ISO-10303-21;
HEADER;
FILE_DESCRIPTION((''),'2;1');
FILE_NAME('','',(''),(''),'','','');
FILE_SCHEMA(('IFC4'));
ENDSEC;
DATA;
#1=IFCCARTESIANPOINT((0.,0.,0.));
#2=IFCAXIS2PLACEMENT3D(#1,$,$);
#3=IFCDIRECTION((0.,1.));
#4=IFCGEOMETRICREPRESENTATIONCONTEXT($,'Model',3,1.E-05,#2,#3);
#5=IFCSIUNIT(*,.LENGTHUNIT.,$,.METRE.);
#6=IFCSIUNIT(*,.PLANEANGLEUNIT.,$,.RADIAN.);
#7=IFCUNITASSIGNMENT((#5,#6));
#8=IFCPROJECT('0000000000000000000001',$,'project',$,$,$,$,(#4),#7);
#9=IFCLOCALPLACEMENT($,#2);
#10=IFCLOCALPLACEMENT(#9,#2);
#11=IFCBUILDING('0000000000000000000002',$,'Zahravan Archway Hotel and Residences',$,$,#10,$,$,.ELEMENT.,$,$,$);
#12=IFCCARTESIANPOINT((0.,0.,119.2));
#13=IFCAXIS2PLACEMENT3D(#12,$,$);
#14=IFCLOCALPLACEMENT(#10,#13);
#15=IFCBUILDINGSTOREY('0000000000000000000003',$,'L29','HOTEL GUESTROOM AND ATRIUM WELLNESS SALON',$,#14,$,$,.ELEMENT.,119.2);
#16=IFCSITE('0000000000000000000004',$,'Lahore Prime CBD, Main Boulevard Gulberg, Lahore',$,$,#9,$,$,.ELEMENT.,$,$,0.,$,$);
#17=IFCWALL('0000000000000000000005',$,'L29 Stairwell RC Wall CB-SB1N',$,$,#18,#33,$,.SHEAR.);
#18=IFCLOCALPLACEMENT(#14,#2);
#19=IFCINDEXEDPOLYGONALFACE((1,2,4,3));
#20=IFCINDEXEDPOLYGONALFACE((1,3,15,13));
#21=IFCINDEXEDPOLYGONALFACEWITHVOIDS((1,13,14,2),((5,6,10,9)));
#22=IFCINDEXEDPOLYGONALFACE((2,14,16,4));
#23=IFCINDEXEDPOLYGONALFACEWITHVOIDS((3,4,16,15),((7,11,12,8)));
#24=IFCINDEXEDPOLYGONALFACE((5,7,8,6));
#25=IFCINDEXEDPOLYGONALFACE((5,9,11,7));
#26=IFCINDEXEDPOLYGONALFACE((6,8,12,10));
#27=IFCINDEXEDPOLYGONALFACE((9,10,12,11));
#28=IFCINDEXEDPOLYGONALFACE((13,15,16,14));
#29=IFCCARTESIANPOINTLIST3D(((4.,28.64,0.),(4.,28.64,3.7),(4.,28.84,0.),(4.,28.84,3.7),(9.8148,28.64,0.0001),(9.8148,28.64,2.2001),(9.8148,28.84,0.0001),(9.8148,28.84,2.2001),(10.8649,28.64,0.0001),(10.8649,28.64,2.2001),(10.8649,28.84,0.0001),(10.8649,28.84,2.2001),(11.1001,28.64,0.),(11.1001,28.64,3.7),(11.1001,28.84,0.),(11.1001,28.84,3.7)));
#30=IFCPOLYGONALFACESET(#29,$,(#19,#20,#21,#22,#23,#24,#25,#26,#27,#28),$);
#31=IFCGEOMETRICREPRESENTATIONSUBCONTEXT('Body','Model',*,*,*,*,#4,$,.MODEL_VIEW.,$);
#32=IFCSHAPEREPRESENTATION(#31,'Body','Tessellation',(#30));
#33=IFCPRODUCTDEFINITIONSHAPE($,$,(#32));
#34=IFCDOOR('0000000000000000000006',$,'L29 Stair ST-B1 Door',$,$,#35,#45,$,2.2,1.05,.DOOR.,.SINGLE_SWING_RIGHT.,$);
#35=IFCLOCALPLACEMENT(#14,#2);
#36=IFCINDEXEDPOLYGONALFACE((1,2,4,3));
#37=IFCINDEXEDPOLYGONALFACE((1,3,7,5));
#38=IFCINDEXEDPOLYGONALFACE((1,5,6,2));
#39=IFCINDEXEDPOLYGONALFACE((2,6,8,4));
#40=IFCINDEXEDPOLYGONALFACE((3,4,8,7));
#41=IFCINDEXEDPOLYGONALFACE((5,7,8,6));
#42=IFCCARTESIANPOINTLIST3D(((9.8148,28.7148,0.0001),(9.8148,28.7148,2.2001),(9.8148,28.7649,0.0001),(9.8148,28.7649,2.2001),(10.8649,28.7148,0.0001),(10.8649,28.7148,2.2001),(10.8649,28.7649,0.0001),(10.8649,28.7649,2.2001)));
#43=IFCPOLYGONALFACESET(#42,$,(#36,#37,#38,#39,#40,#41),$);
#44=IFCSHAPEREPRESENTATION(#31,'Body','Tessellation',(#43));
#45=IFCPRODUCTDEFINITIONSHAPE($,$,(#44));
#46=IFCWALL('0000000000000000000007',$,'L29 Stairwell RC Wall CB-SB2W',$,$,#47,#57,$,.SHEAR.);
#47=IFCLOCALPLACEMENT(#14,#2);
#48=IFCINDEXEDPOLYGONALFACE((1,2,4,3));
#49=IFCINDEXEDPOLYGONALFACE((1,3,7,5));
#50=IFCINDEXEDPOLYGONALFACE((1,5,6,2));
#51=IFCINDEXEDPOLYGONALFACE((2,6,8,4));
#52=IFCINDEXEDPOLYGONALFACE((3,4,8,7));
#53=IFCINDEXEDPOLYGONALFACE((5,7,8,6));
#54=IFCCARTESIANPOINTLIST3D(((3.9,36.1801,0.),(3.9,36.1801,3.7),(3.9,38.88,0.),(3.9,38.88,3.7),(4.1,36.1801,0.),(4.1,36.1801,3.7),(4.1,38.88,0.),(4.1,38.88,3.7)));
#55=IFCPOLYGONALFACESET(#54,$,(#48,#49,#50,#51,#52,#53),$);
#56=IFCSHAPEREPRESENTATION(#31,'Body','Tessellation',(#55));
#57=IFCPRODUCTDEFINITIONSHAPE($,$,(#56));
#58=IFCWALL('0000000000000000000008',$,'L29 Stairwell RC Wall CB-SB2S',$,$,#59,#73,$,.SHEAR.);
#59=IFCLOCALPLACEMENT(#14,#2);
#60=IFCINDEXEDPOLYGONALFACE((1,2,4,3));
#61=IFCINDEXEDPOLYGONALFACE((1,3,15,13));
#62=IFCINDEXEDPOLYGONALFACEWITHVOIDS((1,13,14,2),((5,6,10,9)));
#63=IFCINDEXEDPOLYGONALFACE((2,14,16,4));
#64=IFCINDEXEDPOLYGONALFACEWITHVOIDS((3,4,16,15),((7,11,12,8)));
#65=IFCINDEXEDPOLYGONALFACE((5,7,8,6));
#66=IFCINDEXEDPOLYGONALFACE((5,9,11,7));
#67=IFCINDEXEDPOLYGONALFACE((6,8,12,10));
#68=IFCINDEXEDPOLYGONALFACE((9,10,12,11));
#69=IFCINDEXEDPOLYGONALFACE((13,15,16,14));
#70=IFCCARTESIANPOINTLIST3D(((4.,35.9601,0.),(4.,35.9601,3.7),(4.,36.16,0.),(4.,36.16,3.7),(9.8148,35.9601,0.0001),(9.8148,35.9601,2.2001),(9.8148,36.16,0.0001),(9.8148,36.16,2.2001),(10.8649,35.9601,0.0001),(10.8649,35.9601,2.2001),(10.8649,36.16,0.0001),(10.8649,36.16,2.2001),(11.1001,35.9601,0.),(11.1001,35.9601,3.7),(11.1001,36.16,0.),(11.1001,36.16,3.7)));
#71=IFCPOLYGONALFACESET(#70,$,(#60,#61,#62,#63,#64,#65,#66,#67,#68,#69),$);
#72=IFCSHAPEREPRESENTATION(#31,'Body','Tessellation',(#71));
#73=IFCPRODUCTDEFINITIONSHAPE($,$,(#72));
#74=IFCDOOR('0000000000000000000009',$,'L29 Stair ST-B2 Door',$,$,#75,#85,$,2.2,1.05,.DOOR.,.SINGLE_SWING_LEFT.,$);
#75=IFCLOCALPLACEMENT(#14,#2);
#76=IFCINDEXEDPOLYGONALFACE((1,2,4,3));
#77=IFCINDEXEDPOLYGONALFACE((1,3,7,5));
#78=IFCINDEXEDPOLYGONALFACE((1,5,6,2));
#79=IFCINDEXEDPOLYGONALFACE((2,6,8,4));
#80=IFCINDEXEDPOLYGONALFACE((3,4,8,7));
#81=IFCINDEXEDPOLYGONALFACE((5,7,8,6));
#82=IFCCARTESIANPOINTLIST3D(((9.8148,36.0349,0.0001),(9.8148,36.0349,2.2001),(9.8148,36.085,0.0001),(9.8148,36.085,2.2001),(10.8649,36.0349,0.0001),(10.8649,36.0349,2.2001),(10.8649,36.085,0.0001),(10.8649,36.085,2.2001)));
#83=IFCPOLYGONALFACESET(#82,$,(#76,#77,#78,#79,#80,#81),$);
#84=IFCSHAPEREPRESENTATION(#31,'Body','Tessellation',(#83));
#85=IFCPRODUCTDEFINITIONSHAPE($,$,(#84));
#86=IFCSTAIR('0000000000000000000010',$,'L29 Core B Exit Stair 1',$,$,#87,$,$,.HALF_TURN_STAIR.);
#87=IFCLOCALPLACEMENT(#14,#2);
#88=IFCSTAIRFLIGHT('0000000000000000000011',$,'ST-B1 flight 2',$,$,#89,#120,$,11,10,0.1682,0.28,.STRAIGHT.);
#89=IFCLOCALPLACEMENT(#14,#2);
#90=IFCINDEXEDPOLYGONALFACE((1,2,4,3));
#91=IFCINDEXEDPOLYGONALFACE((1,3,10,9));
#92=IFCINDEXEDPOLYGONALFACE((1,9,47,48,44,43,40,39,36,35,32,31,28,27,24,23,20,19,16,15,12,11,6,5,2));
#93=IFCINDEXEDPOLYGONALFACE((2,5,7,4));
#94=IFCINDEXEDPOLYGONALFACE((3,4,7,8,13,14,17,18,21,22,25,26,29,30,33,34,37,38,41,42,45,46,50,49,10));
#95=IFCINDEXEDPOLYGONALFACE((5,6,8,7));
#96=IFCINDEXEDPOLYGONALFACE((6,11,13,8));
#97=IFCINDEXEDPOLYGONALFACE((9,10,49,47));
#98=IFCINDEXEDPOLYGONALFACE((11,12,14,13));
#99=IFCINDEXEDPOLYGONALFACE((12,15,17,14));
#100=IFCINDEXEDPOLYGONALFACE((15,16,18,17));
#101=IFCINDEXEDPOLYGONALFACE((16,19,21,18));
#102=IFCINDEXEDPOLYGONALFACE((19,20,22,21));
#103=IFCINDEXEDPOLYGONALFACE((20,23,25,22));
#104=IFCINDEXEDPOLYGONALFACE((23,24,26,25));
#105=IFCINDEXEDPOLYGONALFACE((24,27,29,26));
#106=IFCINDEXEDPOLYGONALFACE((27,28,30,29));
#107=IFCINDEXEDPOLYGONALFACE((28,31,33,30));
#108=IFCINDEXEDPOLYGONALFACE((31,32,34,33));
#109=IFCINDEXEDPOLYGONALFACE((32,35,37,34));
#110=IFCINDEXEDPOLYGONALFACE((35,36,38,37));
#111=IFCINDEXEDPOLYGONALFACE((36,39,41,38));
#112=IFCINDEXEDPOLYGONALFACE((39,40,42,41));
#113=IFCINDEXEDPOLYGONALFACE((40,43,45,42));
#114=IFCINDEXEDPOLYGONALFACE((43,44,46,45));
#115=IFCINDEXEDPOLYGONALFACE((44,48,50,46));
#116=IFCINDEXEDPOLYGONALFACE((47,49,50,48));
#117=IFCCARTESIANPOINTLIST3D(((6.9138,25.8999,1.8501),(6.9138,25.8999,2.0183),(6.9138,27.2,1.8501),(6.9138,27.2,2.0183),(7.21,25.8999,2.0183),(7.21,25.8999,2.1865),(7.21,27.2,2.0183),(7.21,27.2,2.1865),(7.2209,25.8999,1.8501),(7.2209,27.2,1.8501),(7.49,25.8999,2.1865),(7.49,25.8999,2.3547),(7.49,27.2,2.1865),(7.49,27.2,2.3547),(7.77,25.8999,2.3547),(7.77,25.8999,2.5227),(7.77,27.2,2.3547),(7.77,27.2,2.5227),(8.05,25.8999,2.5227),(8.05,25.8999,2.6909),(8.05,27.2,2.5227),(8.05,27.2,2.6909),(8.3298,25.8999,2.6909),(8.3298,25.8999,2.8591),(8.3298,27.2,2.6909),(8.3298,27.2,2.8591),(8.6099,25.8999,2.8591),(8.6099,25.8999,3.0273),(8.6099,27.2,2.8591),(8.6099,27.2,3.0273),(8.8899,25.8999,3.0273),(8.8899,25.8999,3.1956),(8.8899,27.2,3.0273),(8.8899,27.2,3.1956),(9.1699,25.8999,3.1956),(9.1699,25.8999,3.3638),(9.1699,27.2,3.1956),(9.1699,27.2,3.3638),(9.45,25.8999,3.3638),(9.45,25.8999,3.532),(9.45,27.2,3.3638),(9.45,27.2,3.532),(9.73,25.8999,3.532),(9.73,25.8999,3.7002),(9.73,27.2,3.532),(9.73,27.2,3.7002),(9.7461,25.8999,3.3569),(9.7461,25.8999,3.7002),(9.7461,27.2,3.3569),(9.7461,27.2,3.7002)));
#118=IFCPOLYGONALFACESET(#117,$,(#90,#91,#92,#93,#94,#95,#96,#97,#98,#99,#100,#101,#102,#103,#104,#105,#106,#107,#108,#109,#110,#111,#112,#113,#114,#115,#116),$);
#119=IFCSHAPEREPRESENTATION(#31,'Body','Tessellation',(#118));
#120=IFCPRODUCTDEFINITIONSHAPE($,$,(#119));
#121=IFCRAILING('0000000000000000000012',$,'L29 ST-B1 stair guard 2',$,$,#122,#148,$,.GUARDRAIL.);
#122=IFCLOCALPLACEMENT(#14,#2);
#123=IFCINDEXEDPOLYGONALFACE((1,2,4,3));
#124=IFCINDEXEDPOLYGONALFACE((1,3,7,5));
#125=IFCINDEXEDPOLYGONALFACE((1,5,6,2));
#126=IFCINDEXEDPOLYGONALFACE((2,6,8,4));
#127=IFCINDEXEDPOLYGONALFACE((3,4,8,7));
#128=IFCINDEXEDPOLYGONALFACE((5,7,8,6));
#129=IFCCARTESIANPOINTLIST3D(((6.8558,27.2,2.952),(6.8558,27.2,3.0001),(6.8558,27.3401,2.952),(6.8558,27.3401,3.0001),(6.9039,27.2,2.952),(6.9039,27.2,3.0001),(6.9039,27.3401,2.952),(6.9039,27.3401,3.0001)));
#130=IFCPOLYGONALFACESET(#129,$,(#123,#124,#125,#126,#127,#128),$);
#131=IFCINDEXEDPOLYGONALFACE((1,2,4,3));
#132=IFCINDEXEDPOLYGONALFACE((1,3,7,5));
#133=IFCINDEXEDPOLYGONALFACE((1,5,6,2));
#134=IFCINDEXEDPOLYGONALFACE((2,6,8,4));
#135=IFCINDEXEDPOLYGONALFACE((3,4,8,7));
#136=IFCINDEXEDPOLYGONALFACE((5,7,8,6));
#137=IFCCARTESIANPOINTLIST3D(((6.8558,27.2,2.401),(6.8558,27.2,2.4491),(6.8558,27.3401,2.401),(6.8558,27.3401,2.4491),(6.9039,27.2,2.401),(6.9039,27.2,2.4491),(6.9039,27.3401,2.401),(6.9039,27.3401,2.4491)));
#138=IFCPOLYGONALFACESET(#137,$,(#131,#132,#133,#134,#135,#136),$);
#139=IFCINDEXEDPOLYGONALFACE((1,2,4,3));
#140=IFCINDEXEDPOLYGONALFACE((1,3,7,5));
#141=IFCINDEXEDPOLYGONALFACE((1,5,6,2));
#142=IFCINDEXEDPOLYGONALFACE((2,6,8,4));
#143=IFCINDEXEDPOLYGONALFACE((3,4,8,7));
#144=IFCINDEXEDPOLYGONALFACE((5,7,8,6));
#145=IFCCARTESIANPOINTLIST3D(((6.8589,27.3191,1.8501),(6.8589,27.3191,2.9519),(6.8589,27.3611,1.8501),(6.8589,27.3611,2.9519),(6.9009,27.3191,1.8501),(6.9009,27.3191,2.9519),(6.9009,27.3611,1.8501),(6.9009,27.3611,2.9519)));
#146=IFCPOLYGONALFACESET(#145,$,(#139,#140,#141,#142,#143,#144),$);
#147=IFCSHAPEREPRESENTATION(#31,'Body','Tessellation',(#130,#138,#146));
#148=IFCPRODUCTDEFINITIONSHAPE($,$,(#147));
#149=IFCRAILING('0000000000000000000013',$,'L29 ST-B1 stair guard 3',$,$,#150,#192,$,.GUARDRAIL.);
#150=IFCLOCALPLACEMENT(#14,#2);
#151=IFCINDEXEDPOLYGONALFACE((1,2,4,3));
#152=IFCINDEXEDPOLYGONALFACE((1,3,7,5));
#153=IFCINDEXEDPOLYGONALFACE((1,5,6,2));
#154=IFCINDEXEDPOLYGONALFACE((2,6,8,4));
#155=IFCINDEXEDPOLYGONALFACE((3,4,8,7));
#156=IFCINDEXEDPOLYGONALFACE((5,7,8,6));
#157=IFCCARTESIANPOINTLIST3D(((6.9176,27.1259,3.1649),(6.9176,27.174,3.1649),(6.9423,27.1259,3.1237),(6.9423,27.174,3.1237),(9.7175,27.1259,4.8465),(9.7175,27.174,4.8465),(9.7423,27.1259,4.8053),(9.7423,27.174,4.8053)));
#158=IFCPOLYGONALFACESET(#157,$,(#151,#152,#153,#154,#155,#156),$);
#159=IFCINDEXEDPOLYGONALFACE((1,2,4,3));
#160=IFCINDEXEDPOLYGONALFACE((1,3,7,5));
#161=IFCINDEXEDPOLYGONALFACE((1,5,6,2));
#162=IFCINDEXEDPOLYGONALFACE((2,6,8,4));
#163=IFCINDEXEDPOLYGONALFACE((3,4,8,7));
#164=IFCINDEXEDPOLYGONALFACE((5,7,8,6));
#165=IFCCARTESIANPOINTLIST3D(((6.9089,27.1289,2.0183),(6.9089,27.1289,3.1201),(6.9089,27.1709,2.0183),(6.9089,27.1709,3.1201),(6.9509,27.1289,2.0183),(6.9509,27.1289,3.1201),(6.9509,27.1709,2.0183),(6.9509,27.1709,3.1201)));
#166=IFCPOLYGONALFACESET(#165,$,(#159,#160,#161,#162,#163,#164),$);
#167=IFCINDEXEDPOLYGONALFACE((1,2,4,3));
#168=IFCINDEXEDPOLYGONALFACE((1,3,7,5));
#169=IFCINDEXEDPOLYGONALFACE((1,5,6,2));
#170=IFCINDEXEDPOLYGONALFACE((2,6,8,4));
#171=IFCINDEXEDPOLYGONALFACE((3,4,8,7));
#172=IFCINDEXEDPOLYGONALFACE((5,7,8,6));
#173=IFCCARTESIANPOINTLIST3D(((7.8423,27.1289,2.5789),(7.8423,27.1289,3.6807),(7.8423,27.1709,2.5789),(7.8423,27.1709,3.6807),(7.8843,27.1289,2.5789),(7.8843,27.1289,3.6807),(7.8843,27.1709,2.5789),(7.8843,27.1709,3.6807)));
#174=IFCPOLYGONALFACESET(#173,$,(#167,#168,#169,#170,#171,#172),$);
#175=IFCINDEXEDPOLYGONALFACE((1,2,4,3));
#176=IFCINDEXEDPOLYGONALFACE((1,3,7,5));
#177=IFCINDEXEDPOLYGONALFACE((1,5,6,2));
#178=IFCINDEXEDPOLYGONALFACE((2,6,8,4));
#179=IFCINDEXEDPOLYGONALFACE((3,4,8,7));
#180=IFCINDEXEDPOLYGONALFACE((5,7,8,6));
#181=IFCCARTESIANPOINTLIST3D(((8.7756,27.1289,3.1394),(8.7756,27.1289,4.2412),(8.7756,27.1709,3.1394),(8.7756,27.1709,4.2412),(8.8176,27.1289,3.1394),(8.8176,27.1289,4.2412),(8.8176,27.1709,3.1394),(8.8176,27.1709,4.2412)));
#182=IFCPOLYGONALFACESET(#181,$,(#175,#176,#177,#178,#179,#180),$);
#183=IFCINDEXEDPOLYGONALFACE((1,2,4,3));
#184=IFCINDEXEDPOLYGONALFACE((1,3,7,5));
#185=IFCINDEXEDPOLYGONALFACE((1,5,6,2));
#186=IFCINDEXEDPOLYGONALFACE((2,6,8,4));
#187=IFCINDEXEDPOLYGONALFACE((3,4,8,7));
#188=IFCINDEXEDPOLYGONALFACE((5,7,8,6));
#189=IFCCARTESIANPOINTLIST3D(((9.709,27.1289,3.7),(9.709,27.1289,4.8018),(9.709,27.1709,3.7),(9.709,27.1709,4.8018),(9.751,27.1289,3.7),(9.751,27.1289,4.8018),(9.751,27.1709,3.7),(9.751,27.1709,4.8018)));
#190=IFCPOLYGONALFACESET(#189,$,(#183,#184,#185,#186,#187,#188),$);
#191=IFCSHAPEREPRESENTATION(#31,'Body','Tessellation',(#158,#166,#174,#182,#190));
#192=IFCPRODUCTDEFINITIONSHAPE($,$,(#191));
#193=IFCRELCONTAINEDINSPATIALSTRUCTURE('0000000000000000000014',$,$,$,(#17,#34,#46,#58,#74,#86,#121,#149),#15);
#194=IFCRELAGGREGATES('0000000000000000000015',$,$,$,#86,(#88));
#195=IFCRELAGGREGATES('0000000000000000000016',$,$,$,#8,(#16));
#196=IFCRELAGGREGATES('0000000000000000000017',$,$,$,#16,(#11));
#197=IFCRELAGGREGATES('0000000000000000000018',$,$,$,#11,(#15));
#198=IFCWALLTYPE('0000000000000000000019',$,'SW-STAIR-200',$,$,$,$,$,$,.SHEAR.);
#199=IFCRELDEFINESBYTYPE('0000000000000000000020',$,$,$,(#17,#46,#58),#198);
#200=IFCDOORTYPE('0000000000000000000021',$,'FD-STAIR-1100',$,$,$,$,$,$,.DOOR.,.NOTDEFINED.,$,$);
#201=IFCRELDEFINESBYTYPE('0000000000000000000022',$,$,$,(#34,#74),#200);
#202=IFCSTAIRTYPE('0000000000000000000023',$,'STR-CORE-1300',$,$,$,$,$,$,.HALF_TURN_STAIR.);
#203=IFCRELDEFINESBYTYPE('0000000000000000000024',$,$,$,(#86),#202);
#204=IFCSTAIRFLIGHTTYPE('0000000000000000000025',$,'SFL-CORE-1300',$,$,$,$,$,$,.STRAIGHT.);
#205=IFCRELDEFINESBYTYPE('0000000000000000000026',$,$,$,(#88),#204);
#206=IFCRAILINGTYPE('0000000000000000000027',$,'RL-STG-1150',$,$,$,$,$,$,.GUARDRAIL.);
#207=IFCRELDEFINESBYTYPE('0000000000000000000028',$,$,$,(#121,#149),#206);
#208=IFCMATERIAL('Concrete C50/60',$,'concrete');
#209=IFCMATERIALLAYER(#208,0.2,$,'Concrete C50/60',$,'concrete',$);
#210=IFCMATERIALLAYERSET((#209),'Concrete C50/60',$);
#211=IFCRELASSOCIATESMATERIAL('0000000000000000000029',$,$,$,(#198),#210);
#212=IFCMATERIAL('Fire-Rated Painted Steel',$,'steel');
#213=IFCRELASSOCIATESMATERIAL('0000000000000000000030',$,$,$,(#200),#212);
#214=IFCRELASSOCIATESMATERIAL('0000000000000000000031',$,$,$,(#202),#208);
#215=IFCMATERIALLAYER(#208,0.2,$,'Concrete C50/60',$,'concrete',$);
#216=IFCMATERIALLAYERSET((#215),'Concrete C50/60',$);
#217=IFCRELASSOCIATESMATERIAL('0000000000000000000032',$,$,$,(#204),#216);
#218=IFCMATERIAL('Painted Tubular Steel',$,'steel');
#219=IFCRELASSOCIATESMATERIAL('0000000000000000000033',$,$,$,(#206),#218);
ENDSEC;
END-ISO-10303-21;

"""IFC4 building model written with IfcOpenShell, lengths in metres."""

from ifc_helpers import new_model, si_unit, direction, frame, frame_2d, origin, origin_2d, place, context, subcontext, project, spatial, polyline, rectangle, outline, extrude, source, transform, mapped, material, layer, layer_set, type_object, type_shapes, element, fill, aggregate, save


model = new_model("IFC4")

# Units and contexts
model_context = context("Model", 3, precision=1e-05, world=origin(), true_north=direction((0.0, 1.0)))
body_context = subcontext(model_context, "Body", "Model", "MODEL_VIEW")
ifc_project = project(units=[si_unit("LENGTHUNIT", "METRE"), si_unit("PLANEANGLEUNIT", "RADIAN")], contexts=[model_context])

# Site, building, storey
site_placement = place(None, origin())
site = spatial("IfcSite", under=ifc_project, at=site_placement, Name="Lahore Prime CBD, Main Boulevard Gulberg, Lahore", CompositionType="ELEMENT", RefElevation=0.0)
building_placement = place(site_placement, origin())
building = spatial("IfcBuilding", under=site, at=building_placement, Name="Zahravan Archway Hotel and Residences", CompositionType="ELEMENT")
storey_placement = place(building_placement, frame((0.0, 0.0, 119.2)))
storey = spatial("IfcBuildingStorey", under=building, at=storey_placement, Name="L29", Description="HOTEL GUESTROOM AND ATRIUM WELLNESS SALON", CompositionType="ELEMENT", Elevation=119.2)

# Shared definitions
ifc_material_1 = material(Name="Fire-Rated Painted Steel", Category="steel")

# Shared definitions
ifc_material_2 = material(Name="Concrete C50/60", Category="concrete")
ifc_layer_1 = layer(ifc_material_2, 0.2, Name="Concrete C50/60", Category="concrete")
ifc_layer_set_1 = layer_set([ifc_layer_1], Name="Concrete C50/60")
wall_type_1 = type_object("IfcWallType", Name="SW-STAIR-200", PredefinedType="SHEAR", material=ifc_layer_set_1)

# Wall, opening, door
wall_1_placement = place(storey_placement, frame((4.0, 28.74, 0.0), z_axis=(0.0, 0.0, 1.0), x_axis=(1.0, 0.0, 0.0)))
wall_1 = element("IfcWall", 1, at=wall_1_placement, inside=storey, type_object=wall_type_1, Name="L29 Stairwell RC Wall CB-SB1N", PredefinedType="SHEAR", context=body_context, shape_type="SweptSolid", body=[
    extrude(rectangle(XDim=7.1001, YDim=0.2, at=frame_2d((3.55, 0.0))), origin(), (0.0, 0.0, 1.0), 3.7),
])
opening_1_placement = place(wall_1_placement, frame((5.8149, 0.0, 0.0)))
opening_1 = element("IfcOpeningElement", 2, at=opening_1_placement, cuts=wall_1, PredefinedType="OPENING", context=body_context, shape_type="SweptSolid", body=[
    extrude(rectangle(XDim=1.05, YDim=2.2, at=frame_2d((0.5249, 1.1001))), frame((0.0, 0.1099, 0.0), z_axis=(0.0, -1.0, 0.0), x_axis=(1.0, 0.0, 0.0)), (0.0, 0.0, 1.0), 0.22),
])
door_type_1 = type_object("IfcDoorType", Name="FD-STAIR-1100", OperationType="NOTDEFINED", PredefinedType="DOOR", material=ifc_material_1)
shared_shape_1 = source(origin(), body_context, "Body", "SweptSolid", [
    extrude(rectangle(XDim=1.05, YDim=2.2, at=frame_2d((0.5249, 1.1001))), frame((0.0, 0.0249, 0.0), z_axis=(0.0, -1.0, 0.0), x_axis=(1.0, 0.0, 0.0)), (0.0, 0.0, 1.0), 0.05),
])
type_shapes(door_type_1, [shared_shape_1])
door_1_placement = place(opening_1_placement, origin())
door_1 = element("IfcDoor", 3, at=door_1_placement, inside=storey, type_object=door_type_1, Name="L29 Stair ST-B1 Door", OperationType="SINGLE_SWING_RIGHT", OverallHeight=2.2, OverallWidth=1.05, PredefinedType="DOOR", context=body_context, shape_type="MappedRepresentation", body=[
    mapped(shared_shape_1, transform((0.0, 0.0, 0.0), scale=1.0)),
])
fill(opening_1, door_1)

# Wall
wall_2_placement = place(storey_placement, frame((4.0, 36.1799, 0.0), z_axis=(0.0, 0.0, 1.0), x_axis=(0.0, 1.0, 0.0)))
element("IfcWall", 4, at=wall_2_placement, inside=storey, type_object=wall_type_1, Name="L29 Stairwell RC Wall CB-SB2W", PredefinedType="SHEAR", context=body_context, shape_type="SweptSolid", body=[
    extrude(rectangle(XDim=2.7, YDim=0.2, at=frame_2d((1.3501, 0.0))), origin(), (0.0, 0.0, 1.0), 3.7),
])

# Wall, opening, door
wall_3_placement = place(storey_placement, frame((4.0, 36.0601, 0.0), z_axis=(0.0, 0.0, 1.0), x_axis=(1.0, 0.0, 0.0)))
wall_3 = element("IfcWall", 5, at=wall_3_placement, inside=storey, type_object=wall_type_1, Name="L29 Stairwell RC Wall CB-SB2S", PredefinedType="SHEAR", context=body_context, shape_type="SweptSolid", body=[
    extrude(rectangle(XDim=7.1001, YDim=0.2, at=frame_2d((3.55, 0.0))), origin(), (0.0, 0.0, 1.0), 3.7),
])
opening_2_placement = place(wall_3_placement, frame((5.8149, 0.0, 0.0)))
opening_2 = element("IfcOpeningElement", 6, at=opening_2_placement, cuts=wall_3, PredefinedType="OPENING", context=body_context, shape_type="SweptSolid", body=[
    extrude(rectangle(XDim=1.05, YDim=2.2, at=frame_2d((0.5249, 1.1001))), frame((0.0, 0.1099, 0.0), z_axis=(0.0, -1.0, 0.0), x_axis=(1.0, 0.0, 0.0)), (0.0, 0.0, 1.0), 0.22),
])
door_2_placement = place(opening_2_placement, origin())
door_2 = element("IfcDoor", 7, at=door_2_placement, inside=storey, type_object=door_type_1, Name="L29 Stair ST-B2 Door", OperationType="SINGLE_SWING_LEFT", OverallHeight=2.2, OverallWidth=1.05, PredefinedType="DOOR", context=body_context, shape_type="MappedRepresentation", body=[
    mapped(shared_shape_1, transform((0.0, 0.0, 0.0), scale=1.0)),
])
fill(opening_2, door_2)

# Stair, stair flight
stair_type = type_object("IfcStairType", Name="STR-CORE-1300", PredefinedType="HALF_TURN_STAIR", material=ifc_material_2)
stair_placement = place(storey_placement, origin())
stair = element("IfcStair", 8, at=stair_placement, inside=storey, type_object=stair_type, Name="L29 Core B Exit Stair 1", PredefinedType="HALF_TURN_STAIR")
ifc_layer_2 = layer(ifc_material_2, 0.2, Name="Concrete C50/60", Category="concrete")
ifc_layer_set_2 = layer_set([ifc_layer_2], Name="Concrete C50/60")
stair_flight_type = type_object("IfcStairFlightType", Name="SFL-CORE-1300", PredefinedType="STRAIGHT", material=ifc_layer_set_2)
shared_shape_2 = source(origin(), body_context, "Body", "SweptSolid", [
    extrude(outline(polyline([(-0.0161, 0.0), (-0.0161, 0.1682), (0.28, 0.1682), (0.28, 0.3364), (0.5601, 0.3364), (0.5601, 0.5046), (0.8401, 0.5046), (0.8401, 0.6726), (1.1201, 0.6726), (1.1201, 0.8408), (1.3999, 0.8408), (1.3999, 1.009), (1.6799, 1.009), (1.6799, 1.1772), (1.96, 1.1772), (1.96, 1.3455), (2.24, 1.3455), (2.24, 1.5137), (2.52, 1.5137), (2.52, 1.6819), (2.8, 1.6819), (2.8, 1.8501), (2.8162, 1.8501), (2.8162, 1.5068), (0.291, 0.0), (-0.0161, 0.0)])), frame((0.0, 0.6499, 0.0), z_axis=(0.0, -1.0, 0.0), x_axis=(1.0, 0.0, 0.0)), (0.0, 0.0, 1.0), 1.3),
])
stair_flight_placement = place(storey_placement, frame((6.9299, 26.55, 1.8501), z_axis=(0.0, 0.0, 1.0), x_axis=(1.0, 0.0, 0.0)))
stair_flight = element("IfcStairFlight", 9, at=stair_flight_placement, type_object=stair_flight_type, Name="ST-B1 flight 2", NumberOfRisers=11, NumberOfTreads=10, PredefinedType="STRAIGHT", RiserHeight=0.1682, TreadLength=0.28, context=body_context, shape_type="MappedRepresentation", body=[
    mapped(shared_shape_2, transform((0.0, 0.0, 0.0), scale=1.0)),
])
aggregate(stair, [stair_flight])

# Railings
ifc_material_3 = material(Name="Painted Tubular Steel", Category="steel")
railing_type_1 = type_object("IfcRailingType", Name="RL-STG-1150", PredefinedType="GUARDRAIL", material=ifc_material_3)
railing_1_placement = place(storey_placement, frame((6.8799, 27.3401, 1.8501)))
element("IfcRailing", 10, at=railing_1_placement, inside=storey, type_object=railing_type_1, Name="L29 ST-B1 stair guard 2", PredefinedType="GUARDRAIL", context=body_context, shape_type="SweptSolid", body=[
    extrude(rectangle(XDim=0.0481, YDim=0.0481, at=origin_2d()), frame((0.0, 0.0, 1.126), z_axis=(0.0, -1.0, 0.0), x_axis=(1.0, 0.0, 0.0)), (0.0, 0.0, 1.0), 0.1401),
    extrude(rectangle(XDim=0.0481, YDim=0.0481, at=origin_2d()), frame((0.0, 0.0, 0.575), z_axis=(0.0, -1.0, 0.0), x_axis=(1.0, 0.0, 0.0)), (0.0, 0.0, 1.0), 0.1401),
    extrude(rectangle(XDim=0.042, YDim=0.042, at=origin_2d()), origin(), (0.0, 0.0, 1.0), 1.1018),
])
railing_2_placement = place(storey_placement, frame((6.9299, 27.1499, 2.0183)))
element("IfcRailing", 11, at=railing_2_placement, inside=storey, type_object=railing_type_1, Name="L29 ST-B1 stair guard 3", PredefinedType="GUARDRAIL", context=body_context, shape_type="SweptSolid", body=[
    extrude(rectangle(XDim=0.0481, YDim=0.0481, at=origin_2d()), frame((0.0, 0.0, 1.126), z_axis=(0.857275, 0.0, 0.514858), x_axis=(0.0, 1.0, 0.0)), (0.0, 0.0, 1.0), 3.2661),
    extrude(rectangle(XDim=0.042, YDim=0.042, at=origin_2d()), origin(), (0.0, 0.0, 1.0), 1.1018),
    extrude(rectangle(XDim=0.042, YDim=0.042, at=origin_2d()), frame((0.9333, 0.0, 0.5605)), (0.0, 0.0, 1.0), 1.1018),
    extrude(rectangle(XDim=0.042, YDim=0.042, at=origin_2d()), frame((1.8667, 0.0, 1.1211)), (0.0, 0.0, 1.0), 1.1018),
    extrude(rectangle(XDim=0.042, YDim=0.042, at=origin_2d()), frame((2.8, 0.0, 1.6816)), (0.0, 0.0, 1.0), 1.1018),
])

save(model, "model.ifc")
